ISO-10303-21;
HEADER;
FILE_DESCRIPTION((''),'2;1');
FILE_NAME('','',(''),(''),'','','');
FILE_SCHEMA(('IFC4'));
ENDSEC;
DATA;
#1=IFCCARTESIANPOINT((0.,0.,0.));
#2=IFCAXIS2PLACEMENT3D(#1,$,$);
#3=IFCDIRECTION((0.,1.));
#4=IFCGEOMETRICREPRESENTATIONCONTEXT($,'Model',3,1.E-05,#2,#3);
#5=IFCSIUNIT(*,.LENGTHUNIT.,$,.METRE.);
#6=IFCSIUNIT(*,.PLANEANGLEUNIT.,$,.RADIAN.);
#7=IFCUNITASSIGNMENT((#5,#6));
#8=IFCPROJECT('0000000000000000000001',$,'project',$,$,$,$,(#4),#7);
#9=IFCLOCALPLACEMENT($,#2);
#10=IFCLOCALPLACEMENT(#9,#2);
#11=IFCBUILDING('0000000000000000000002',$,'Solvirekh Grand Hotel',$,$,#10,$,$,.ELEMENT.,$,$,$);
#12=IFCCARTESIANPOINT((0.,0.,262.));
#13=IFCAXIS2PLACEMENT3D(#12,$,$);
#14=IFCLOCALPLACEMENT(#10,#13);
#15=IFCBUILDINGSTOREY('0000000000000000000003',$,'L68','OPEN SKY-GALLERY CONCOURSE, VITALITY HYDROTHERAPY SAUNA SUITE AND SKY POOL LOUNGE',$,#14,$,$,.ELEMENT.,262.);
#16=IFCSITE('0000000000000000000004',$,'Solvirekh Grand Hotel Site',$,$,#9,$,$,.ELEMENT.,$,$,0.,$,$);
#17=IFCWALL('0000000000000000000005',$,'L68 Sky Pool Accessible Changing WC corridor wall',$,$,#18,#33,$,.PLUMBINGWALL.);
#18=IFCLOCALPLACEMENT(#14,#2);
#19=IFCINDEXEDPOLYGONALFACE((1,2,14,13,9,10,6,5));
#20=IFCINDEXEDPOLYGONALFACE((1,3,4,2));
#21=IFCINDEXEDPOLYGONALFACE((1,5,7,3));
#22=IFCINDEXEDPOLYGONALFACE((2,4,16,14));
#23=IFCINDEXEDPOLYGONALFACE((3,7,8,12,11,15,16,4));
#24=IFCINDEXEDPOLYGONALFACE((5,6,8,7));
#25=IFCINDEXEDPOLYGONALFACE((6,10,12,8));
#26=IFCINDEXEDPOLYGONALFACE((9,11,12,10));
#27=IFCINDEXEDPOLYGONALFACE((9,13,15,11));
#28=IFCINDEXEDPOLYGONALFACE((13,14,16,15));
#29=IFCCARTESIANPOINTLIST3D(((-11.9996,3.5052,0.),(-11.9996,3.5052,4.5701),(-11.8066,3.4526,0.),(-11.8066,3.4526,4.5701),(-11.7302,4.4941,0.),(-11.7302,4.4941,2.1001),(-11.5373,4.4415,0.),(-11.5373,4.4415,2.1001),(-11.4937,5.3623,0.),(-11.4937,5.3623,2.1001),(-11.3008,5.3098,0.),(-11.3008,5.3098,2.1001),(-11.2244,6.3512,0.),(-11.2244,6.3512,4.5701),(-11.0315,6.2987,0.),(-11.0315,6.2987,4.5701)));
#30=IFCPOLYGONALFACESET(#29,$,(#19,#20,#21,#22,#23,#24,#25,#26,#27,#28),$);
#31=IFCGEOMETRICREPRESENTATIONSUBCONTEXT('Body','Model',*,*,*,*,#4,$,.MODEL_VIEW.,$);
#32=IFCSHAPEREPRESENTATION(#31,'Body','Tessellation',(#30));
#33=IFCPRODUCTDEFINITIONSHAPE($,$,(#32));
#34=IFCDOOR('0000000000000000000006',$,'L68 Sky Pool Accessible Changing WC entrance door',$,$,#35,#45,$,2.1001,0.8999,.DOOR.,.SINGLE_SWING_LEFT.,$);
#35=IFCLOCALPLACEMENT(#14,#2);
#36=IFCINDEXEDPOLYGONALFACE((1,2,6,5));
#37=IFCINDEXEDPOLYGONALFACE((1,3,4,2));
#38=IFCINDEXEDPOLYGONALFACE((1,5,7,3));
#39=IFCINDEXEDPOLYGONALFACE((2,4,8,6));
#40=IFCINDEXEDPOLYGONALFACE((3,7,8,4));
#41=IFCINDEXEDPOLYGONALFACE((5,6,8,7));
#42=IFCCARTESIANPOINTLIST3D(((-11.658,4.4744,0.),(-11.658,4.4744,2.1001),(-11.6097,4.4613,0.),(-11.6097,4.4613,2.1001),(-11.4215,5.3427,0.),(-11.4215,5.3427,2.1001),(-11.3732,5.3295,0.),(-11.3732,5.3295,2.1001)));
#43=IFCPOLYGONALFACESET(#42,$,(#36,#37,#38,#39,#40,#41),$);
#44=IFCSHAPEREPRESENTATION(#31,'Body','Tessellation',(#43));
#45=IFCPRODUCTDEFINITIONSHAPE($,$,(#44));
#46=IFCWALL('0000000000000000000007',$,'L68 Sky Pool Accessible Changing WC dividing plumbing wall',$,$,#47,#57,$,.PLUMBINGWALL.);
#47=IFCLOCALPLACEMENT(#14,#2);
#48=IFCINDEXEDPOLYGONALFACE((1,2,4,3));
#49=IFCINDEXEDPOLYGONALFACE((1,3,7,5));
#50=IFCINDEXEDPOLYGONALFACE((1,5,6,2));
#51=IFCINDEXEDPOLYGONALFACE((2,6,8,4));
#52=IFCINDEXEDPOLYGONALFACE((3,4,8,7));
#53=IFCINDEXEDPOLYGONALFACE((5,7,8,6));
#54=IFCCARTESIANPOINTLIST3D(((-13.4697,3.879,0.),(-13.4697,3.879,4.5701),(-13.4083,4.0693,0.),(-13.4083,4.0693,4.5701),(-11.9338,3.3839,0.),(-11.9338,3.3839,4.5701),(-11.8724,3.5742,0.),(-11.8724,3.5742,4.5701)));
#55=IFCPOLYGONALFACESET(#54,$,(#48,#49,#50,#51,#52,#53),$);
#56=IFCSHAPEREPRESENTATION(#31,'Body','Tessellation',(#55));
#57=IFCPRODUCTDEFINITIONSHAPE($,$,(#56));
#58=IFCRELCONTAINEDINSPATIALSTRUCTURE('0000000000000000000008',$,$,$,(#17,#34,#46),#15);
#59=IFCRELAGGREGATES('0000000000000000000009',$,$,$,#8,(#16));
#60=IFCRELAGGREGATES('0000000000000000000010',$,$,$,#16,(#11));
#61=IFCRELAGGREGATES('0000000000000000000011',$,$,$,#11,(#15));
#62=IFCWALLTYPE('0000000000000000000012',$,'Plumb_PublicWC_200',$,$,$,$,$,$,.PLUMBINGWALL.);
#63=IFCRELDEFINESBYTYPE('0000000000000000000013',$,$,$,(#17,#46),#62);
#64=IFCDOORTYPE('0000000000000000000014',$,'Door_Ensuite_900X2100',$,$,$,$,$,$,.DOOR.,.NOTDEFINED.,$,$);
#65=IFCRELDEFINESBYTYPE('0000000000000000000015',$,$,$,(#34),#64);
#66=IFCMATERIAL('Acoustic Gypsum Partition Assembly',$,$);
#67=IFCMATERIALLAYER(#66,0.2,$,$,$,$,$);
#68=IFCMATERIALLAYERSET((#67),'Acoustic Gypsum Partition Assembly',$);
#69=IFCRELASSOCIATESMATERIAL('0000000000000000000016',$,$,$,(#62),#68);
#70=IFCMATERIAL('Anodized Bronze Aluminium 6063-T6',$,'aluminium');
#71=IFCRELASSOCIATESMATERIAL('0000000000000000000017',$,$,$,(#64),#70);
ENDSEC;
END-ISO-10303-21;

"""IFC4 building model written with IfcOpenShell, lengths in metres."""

from ifc_helpers import new_model, si_unit, direction, frame, frame_2d, origin, place, context, subcontext, project, spatial, rectangle, extrude, material, layer, layer_set, type_object, element, fill, save


model = new_model("IFC4")

# Units and contexts
model_context = context("Model", 3, precision=1e-05, world=origin(), true_north=direction((0.0, 1.0)))
body_context = subcontext(model_context, "Body", "Model", "MODEL_VIEW")
ifc_project = project(units=[si_unit("LENGTHUNIT", "METRE"), si_unit("PLANEANGLEUNIT", "RADIAN")], contexts=[model_context])

# Site, building, storey
site_placement = place(None, origin())
site = spatial("IfcSite", under=ifc_project, at=site_placement, Name="Solvirekh Grand Hotel Site", CompositionType="ELEMENT", RefElevation=0.0)
building_placement = place(site_placement, origin())
building = spatial("IfcBuilding", under=site, at=building_placement, Name="Solvirekh Grand Hotel", CompositionType="ELEMENT")
storey_placement = place(building_placement, frame((0.0, 0.0, 262.0)))
storey = spatial("IfcBuildingStorey", under=building, at=storey_placement, Name="L68", Description="OPEN SKY-GALLERY CONCOURSE, VITALITY HYDROTHERAPY SAUNA SUITE AND SKY POOL LOUNGE", CompositionType="ELEMENT", Elevation=262.0)

# Shared definitions
ifc_material_1 = material(Name="Anodized Bronze Aluminium 6063-T6", Category="aluminium")

# Shared definitions
ifc_material_2 = material(Name="Acoustic Gypsum Partition Assembly")

# Wall, opening, door
ifc_layer_1 = layer(ifc_material_2, 0.2)
ifc_layer_set_1 = layer_set([ifc_layer_1], Name="Acoustic Gypsum Partition Assembly")
wall_type_1 = type_object("IfcWallType", Name="Plumb_PublicWC_200", PredefinedType="PLUMBINGWALL", material=ifc_layer_set_1)
wall_1_placement = place(storey_placement, frame((-11.1279, 6.325, 0.0), z_axis=(0.0, 0.0, 1.0), x_axis=(-0.262795, -0.964852, 0.0)))
wall_1 = element("IfcWall", 1, at=wall_1_placement, inside=storey, type_object=wall_type_1, Name="L68 Sky Pool Accessible Changing WC corridor wall", PredefinedType="PLUMBINGWALL", context=body_context, shape_type="SweptSolid", body=[
    extrude(rectangle(XDim=2.9497, YDim=0.2, at=frame_2d((1.4749, 0.0))), origin(), (0.0, 0.0, 1.0), 4.5701),
])
opening_1_placement = place(wall_1_placement, frame((1.0249, 0.0, 0.0)))
opening_1 = element("IfcOpeningElement", 2, at=opening_1_placement, cuts=wall_1, PredefinedType="OPENING", context=body_context, shape_type="SweptSolid", body=[
    extrude(rectangle(XDim=0.8999, YDim=2.1001, at=frame_2d((0.45, 1.05))), frame((0.0, 0.1099, 0.0), z_axis=(0.0, -1.0, 0.0), x_axis=(1.0, 0.0, 0.0)), (0.0, 0.0, 1.0), 0.22),
])
door_type_1 = type_object("IfcDoorType", Name="Door_Ensuite_900X2100", OperationType="NOTDEFINED", PredefinedType="DOOR", material=ifc_material_1)
door_1_placement = place(opening_1_placement, origin())
door_1 = element("IfcDoor", 3, at=door_1_placement, inside=storey, type_object=door_type_1, Name="L68 Sky Pool Accessible Changing WC entrance door", OperationType="SINGLE_SWING_LEFT", OverallHeight=2.1001, OverallWidth=0.8999, PredefinedType="DOOR", context=body_context, shape_type="SweptSolid", body=[
    extrude(rectangle(XDim=0.8999, YDim=2.1001, at=frame_2d((0.45, 1.05))), frame((0.0, 0.0249, 0.0), z_axis=(0.0, -1.0, 0.0), x_axis=(1.0, 0.0, 0.0)), (0.0, 0.0, 1.0), 0.05),
])
fill(opening_1, door_1)

# Wall
wall_2_placement = place(storey_placement, frame((-11.9031, 3.479, 0.0), z_axis=(0.0, 0.0, 1.0), x_axis=(-0.951768, 0.306817, 0.0)))
element("IfcWall", 4, at=wall_2_placement, inside=storey, type_object=wall_type_1, Name="L68 Sky Pool Accessible Changing WC dividing plumbing wall", PredefinedType="PLUMBINGWALL", context=body_context, shape_type="SweptSolid", body=[
    extrude(rectangle(XDim=1.6138, YDim=0.2, at=frame_2d((0.8069, 0.0))), origin(), (0.0, 0.0, 1.0), 4.5701),
])

save(model, "model.ifc")
